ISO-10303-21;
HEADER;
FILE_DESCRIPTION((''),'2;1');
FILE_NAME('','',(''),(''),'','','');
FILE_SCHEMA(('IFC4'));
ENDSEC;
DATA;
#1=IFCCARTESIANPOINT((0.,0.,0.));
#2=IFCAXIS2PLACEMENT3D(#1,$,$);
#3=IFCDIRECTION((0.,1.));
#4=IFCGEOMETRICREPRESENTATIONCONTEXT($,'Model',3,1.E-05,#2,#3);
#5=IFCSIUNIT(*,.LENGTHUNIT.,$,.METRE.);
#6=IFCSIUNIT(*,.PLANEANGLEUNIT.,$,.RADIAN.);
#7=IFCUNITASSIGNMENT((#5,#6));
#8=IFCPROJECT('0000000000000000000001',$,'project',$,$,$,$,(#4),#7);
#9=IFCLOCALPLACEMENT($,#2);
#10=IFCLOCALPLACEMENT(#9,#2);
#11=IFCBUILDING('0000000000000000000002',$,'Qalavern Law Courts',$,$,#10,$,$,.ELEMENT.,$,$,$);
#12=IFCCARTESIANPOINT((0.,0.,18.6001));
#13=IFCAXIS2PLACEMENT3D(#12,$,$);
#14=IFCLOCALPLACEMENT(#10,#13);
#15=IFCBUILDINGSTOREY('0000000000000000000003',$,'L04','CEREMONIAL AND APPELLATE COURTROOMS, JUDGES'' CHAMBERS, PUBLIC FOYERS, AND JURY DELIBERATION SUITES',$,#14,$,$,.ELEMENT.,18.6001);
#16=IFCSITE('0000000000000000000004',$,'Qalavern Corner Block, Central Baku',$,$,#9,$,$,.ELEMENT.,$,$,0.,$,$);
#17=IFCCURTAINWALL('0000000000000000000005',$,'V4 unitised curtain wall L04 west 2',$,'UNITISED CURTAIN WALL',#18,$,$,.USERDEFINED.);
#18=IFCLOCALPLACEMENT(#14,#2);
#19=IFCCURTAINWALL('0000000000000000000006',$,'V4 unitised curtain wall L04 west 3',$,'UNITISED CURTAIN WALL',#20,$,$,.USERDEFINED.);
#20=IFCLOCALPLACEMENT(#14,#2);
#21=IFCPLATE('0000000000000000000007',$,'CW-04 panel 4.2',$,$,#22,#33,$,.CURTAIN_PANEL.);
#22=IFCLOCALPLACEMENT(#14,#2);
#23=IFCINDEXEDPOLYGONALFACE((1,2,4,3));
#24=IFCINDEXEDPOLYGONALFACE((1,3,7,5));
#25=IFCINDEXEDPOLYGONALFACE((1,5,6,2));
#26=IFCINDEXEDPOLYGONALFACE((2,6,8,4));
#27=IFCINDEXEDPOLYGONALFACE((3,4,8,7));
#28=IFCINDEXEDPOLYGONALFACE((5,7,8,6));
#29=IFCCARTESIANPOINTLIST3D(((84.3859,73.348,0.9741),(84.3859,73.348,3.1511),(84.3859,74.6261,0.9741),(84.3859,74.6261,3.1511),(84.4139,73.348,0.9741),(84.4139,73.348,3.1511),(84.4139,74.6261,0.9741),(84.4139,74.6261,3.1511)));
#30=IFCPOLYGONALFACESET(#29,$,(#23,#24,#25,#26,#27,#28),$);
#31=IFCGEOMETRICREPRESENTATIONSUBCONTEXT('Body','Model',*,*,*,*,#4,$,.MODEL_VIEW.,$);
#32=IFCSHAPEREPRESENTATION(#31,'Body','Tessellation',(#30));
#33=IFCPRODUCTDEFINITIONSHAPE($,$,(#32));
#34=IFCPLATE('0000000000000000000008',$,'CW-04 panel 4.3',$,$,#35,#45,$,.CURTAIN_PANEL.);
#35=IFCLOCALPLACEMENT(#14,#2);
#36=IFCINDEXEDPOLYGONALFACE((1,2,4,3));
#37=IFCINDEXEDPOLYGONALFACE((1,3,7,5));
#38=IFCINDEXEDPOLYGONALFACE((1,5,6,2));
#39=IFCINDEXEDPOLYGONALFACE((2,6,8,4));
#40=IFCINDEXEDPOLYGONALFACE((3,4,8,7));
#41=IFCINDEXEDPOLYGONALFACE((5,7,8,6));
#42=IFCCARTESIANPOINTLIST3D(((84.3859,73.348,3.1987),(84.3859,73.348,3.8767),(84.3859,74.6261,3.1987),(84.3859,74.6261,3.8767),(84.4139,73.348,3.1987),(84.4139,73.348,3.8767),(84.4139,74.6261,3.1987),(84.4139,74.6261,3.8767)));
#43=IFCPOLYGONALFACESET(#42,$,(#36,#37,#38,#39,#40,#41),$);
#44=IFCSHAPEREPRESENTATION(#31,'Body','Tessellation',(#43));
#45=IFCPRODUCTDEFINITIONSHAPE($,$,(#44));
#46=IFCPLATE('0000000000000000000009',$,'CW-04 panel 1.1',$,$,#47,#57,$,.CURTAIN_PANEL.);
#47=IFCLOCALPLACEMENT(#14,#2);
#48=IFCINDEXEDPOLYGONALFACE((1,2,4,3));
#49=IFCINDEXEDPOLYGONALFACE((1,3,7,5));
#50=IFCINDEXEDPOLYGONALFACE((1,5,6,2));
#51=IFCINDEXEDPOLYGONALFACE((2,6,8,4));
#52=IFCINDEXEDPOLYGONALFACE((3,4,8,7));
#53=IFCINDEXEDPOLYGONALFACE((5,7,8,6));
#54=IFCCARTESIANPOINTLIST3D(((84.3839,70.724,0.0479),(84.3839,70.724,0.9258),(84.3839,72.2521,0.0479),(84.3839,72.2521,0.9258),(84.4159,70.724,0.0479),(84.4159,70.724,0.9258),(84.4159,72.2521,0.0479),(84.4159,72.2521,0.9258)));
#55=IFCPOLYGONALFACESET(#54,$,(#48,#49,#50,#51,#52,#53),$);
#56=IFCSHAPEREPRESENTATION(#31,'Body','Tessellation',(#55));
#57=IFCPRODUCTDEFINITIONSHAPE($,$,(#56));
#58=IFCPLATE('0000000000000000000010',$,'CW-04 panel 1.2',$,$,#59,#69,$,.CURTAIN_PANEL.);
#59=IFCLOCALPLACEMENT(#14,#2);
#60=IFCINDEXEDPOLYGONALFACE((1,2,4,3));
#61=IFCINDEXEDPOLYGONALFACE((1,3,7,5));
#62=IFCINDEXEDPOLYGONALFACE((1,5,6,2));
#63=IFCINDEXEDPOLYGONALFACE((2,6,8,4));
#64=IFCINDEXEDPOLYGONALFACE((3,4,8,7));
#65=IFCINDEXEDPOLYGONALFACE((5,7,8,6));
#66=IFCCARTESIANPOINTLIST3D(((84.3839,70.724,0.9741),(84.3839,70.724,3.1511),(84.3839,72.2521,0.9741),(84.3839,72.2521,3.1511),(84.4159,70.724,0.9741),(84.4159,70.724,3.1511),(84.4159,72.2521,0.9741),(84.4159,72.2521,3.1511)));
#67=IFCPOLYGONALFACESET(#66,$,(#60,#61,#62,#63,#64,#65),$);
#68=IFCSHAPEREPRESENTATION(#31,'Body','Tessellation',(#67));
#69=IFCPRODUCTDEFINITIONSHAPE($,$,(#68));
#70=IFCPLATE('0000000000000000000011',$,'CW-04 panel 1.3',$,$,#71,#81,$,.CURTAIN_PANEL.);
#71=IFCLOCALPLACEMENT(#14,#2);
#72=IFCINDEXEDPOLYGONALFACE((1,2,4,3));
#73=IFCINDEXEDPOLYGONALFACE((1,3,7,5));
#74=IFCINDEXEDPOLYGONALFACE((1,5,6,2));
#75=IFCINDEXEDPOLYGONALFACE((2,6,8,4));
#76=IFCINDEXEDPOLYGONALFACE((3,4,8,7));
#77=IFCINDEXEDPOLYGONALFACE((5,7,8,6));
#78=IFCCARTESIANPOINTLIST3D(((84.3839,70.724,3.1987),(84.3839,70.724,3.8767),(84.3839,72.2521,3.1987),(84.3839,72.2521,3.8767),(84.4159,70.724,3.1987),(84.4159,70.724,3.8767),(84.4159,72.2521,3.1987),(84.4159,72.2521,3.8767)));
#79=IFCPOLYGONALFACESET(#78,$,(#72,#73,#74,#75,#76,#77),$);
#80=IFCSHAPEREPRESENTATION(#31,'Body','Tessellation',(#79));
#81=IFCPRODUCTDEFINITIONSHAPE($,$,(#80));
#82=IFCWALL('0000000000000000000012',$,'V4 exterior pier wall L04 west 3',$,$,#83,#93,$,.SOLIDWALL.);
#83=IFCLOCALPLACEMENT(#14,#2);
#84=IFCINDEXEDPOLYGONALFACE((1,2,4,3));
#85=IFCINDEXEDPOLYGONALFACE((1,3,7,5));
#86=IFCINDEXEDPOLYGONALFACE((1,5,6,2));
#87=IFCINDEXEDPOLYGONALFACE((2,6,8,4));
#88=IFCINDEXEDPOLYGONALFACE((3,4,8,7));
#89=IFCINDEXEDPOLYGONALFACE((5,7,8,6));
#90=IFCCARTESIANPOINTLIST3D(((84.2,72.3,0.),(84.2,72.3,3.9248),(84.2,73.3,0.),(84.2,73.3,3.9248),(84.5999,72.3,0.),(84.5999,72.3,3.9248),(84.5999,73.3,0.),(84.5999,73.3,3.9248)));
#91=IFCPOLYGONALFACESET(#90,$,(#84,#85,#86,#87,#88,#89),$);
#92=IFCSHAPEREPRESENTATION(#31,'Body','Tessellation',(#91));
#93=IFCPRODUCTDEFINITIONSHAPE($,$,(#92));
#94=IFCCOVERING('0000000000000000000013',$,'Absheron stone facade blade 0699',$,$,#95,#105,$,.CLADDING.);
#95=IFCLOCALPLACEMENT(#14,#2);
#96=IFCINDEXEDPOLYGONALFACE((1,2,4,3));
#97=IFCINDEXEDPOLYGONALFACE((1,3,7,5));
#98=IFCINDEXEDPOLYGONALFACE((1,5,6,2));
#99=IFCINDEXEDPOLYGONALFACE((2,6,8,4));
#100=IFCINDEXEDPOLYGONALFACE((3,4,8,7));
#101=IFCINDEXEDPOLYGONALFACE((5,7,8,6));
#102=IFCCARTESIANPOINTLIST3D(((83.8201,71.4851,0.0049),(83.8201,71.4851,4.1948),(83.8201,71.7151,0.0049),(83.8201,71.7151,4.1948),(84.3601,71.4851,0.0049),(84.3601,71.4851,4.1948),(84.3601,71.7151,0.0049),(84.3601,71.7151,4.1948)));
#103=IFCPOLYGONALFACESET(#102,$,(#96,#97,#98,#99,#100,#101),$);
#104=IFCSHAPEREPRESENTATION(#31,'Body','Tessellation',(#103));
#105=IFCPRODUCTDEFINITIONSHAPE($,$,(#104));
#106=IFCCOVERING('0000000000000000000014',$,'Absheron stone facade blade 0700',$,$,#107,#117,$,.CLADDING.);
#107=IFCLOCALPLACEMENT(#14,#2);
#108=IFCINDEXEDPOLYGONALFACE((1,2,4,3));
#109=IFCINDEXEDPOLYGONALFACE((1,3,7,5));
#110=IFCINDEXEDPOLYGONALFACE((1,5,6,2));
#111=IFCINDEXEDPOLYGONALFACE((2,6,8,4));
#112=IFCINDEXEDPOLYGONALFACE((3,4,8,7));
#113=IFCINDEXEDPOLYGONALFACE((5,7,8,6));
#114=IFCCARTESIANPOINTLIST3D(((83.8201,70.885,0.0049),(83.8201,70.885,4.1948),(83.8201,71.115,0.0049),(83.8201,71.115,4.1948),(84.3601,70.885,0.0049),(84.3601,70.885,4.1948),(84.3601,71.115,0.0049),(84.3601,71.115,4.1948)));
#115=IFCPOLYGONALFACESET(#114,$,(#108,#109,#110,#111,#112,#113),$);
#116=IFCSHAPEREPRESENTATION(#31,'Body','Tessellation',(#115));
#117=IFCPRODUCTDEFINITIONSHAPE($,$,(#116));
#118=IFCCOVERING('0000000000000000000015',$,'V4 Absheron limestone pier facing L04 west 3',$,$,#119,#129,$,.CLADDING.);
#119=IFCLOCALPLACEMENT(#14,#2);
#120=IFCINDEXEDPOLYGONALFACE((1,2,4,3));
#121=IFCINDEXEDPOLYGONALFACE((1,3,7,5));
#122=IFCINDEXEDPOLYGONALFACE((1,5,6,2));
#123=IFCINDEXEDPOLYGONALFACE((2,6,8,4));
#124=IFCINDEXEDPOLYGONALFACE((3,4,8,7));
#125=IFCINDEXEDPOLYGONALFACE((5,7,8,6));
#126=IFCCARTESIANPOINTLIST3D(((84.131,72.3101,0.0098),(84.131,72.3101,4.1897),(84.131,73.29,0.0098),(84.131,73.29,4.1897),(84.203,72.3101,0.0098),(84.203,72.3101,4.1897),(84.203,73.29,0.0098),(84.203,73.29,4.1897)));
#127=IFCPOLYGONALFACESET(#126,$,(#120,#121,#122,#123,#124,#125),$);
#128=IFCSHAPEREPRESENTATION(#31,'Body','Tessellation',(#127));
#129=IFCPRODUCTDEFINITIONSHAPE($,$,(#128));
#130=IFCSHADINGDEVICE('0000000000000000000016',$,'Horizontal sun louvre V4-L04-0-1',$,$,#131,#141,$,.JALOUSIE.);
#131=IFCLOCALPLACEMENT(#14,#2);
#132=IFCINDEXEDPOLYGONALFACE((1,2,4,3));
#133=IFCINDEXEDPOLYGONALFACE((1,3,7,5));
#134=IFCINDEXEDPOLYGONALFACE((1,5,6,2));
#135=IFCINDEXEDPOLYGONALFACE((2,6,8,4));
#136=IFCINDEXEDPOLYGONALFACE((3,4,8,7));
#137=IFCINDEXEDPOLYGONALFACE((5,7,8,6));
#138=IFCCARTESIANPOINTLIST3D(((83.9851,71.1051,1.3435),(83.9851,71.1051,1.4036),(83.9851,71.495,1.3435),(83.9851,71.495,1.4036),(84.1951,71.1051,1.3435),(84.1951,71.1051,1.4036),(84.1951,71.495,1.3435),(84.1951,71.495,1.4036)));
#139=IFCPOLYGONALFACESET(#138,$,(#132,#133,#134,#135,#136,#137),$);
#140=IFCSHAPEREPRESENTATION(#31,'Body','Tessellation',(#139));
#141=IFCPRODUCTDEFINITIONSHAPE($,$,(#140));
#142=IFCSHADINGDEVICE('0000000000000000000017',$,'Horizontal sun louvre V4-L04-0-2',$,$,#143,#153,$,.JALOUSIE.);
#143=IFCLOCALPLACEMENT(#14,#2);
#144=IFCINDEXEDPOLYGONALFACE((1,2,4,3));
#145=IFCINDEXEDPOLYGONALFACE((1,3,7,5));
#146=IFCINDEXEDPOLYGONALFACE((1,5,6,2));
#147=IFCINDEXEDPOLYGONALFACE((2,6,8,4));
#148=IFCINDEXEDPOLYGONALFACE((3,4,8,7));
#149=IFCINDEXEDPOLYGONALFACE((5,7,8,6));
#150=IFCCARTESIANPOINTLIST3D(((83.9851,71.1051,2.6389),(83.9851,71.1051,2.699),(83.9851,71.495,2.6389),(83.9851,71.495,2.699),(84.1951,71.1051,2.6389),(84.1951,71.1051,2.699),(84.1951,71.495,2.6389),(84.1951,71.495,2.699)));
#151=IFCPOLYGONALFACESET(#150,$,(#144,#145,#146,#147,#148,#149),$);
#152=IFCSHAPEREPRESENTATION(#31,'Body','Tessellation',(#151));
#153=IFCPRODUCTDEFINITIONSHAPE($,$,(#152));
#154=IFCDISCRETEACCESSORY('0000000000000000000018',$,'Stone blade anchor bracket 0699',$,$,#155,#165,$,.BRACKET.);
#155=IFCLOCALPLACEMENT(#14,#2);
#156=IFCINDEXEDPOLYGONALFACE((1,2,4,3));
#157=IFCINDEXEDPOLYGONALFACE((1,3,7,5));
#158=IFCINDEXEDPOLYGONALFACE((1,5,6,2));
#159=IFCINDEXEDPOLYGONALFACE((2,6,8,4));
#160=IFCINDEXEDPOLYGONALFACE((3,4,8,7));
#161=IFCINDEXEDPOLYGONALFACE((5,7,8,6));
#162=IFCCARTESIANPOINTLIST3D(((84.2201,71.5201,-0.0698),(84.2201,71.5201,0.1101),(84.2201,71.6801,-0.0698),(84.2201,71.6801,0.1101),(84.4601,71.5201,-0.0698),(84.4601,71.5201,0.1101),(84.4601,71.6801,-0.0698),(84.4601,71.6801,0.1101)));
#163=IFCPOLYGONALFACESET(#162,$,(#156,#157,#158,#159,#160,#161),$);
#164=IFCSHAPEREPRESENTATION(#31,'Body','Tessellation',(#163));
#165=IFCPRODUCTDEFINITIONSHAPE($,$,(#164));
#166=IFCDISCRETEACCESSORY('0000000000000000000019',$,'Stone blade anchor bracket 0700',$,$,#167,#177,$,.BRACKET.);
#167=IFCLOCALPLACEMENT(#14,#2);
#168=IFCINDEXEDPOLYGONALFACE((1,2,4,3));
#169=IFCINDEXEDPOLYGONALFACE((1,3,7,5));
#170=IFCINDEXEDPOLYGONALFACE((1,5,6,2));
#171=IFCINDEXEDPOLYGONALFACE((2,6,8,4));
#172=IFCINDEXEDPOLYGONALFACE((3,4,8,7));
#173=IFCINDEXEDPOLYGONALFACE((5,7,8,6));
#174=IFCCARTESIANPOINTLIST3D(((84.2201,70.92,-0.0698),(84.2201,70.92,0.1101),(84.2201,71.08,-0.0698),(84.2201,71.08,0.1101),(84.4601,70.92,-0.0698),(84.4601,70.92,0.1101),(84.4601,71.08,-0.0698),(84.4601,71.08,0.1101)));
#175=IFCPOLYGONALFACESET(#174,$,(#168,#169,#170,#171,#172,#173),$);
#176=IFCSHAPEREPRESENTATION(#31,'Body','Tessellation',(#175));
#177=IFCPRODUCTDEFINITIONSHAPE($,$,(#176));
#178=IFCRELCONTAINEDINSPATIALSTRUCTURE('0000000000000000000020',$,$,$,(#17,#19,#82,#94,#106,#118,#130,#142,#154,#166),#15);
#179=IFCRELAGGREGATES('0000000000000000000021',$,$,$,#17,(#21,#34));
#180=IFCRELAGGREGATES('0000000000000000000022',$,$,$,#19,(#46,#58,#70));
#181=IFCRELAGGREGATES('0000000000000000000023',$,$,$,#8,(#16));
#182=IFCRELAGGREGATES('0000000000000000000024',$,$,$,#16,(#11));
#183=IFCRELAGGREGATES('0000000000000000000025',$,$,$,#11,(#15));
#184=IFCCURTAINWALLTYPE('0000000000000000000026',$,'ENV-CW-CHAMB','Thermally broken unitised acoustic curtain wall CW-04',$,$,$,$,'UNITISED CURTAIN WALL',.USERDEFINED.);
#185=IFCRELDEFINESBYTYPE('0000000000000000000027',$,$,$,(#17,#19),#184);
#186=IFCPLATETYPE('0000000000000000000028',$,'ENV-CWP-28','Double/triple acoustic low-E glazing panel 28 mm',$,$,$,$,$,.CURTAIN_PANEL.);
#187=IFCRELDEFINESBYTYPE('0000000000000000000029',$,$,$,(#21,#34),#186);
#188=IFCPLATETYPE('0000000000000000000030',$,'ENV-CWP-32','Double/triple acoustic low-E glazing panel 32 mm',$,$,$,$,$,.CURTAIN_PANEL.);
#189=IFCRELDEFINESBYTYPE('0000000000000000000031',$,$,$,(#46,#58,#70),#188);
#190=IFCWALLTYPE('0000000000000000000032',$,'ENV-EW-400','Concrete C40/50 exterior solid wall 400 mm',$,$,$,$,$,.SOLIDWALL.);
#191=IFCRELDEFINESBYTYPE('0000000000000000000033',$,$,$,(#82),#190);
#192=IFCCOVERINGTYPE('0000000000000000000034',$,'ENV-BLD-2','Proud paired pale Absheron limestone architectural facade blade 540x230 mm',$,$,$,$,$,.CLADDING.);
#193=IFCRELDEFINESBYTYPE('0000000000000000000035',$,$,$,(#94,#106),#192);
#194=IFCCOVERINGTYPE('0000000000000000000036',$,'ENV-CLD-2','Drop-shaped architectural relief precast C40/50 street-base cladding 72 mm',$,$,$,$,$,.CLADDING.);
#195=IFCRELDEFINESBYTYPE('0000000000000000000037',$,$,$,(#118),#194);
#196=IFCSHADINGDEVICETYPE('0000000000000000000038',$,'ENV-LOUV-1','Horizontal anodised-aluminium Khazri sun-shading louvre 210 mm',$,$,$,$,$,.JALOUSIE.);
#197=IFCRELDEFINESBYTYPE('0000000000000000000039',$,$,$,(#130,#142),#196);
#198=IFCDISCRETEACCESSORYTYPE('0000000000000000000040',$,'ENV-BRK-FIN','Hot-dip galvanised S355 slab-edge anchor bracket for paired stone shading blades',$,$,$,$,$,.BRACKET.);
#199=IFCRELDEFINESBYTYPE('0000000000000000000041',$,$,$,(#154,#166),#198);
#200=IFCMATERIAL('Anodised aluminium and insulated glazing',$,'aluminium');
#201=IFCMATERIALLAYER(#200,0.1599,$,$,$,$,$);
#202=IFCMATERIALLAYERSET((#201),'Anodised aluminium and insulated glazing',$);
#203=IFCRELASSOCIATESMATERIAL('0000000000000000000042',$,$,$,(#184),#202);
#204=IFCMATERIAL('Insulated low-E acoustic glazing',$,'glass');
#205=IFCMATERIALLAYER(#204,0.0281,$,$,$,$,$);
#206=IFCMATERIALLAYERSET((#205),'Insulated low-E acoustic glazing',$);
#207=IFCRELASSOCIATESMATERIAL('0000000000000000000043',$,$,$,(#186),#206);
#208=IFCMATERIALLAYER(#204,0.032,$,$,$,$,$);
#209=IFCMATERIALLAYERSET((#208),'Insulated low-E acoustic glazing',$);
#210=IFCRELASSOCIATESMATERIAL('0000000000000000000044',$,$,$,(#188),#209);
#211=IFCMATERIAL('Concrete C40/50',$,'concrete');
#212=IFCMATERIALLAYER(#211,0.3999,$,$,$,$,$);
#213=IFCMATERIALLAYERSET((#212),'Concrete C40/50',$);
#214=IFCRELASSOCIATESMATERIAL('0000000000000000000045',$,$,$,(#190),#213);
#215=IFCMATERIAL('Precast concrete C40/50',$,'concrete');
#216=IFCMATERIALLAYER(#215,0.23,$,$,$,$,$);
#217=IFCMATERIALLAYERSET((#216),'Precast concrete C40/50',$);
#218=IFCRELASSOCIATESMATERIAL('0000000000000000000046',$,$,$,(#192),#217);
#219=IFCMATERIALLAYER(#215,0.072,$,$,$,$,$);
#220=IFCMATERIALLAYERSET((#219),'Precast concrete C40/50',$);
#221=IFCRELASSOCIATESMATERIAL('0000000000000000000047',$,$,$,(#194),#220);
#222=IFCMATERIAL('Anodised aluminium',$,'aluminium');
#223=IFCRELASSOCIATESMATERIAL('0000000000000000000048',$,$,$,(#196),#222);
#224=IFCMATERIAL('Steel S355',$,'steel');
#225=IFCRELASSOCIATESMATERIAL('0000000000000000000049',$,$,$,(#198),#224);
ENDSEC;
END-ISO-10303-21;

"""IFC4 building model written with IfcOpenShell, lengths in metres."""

from ifc_helpers import new_model, si_unit, direction, frame, frame_2d, origin, origin_2d, place, context, subcontext, project, spatial, rectangle, extrude, material, layer, layer_set, type_object, element, aggregate, save


model = new_model("IFC4")

# Units and contexts
model_context = context("Model", 3, precision=1e-05, world=origin(), true_north=direction((0.0, 1.0)))
body_context = subcontext(model_context, "Body", "Model", "MODEL_VIEW")
ifc_project = project(units=[si_unit("LENGTHUNIT", "METRE"), si_unit("PLANEANGLEUNIT", "RADIAN")], contexts=[model_context])

# Site, building, storey
site_placement = place(None, origin())
site = spatial("IfcSite", under=ifc_project, at=site_placement, Name="Qalavern Corner Block, Central Baku", CompositionType="ELEMENT", RefElevation=0.0)
building_placement = place(site_placement, origin())
building = spatial("IfcBuilding", under=site, at=building_placement, Name="Qalavern Law Courts", CompositionType="ELEMENT")
storey_placement = place(building_placement, frame((0.0, 0.0, 18.6001)))
storey = spatial("IfcBuildingStorey", under=building, at=storey_placement, Name="L04", Description="CEREMONIAL AND APPELLATE COURTROOMS, JUDGES' CHAMBERS, PUBLIC FOYERS, AND JURY DELIBERATION SUITES", CompositionType="ELEMENT", Elevation=18.6001)

# Curtain walls
ifc_material_1 = material(Name="Anodised aluminium and insulated glazing", Category="aluminium")
ifc_layer_1 = layer(ifc_material_1, 0.1599)
ifc_layer_set_1 = layer_set([ifc_layer_1], Name="Anodised aluminium and insulated glazing")
curtain_wall_type = type_object("IfcCurtainWallType", Name="ENV-CW-CHAMB", Description="Thermally broken unitised acoustic curtain wall CW-04", ElementType="UNITISED CURTAIN WALL", PredefinedType="USERDEFINED", material=ifc_layer_set_1)
curtain_wall_1_placement = place(storey_placement, origin())
curtain_wall_1 = element("IfcCurtainWall", 1, at=curtain_wall_1_placement, inside=storey, type_object=curtain_wall_type, Name="V4 unitised curtain wall L04 west 2", ObjectType="UNITISED CURTAIN WALL", PredefinedType="USERDEFINED")
ifc_material_2 = material(Name="Anodised aluminium", Category="aluminium")
curtain_wall_2_placement = place(storey_placement, origin())
curtain_wall_2 = element("IfcCurtainWall", 2, at=curtain_wall_2_placement, inside=storey, type_object=curtain_wall_type, Name="V4 unitised curtain wall L04 west 3", ObjectType="UNITISED CURTAIN WALL", PredefinedType="USERDEFINED")

# Plates
ifc_material_3 = material(Name="Insulated low-E acoustic glazing", Category="glass")
ifc_layer_2 = layer(ifc_material_3, 0.0281)
ifc_layer_set_2 = layer_set([ifc_layer_2], Name="Insulated low-E acoustic glazing")
plate_type_1 = type_object("IfcPlateType", Name="ENV-CWP-28", Description="Double/triple acoustic low-E glazing panel 28 mm", PredefinedType="CURTAIN_PANEL", material=ifc_layer_set_2)
plate_1_placement = place(storey_placement, frame((84.3999, 73.9871, 0.9741), z_axis=(0.0, 0.0, 1.0), x_axis=(0.0, -1.0, 0.0)))
plate_1 = element("IfcPlate", 3, at=plate_1_placement, type_object=plate_type_1, Name="CW-04 panel 4.2", PredefinedType="CURTAIN_PANEL", context=body_context, shape_type="SweptSolid", body=[
    extrude(rectangle(XDim=1.2781, YDim=0.0281, at=origin_2d()), origin(), (0.0, 0.0, 1.0), 2.177),
])
plate_2_placement = place(storey_placement, frame((84.3999, 73.9871, 3.1987), z_axis=(0.0, 0.0, 1.0), x_axis=(0.0, -1.0, 0.0)))
plate_2 = element("IfcPlate", 4, at=plate_2_placement, type_object=plate_type_1, Name="CW-04 panel 4.3", PredefinedType="CURTAIN_PANEL", context=body_context, shape_type="SweptSolid", body=[
    extrude(rectangle(XDim=1.2781, YDim=0.0281, at=origin_2d()), origin(), (0.0, 0.0, 1.0), 0.678),
])
aggregate(curtain_wall_1, [plate_1, plate_2])
ifc_layer_3 = layer(ifc_material_3, 0.032)
ifc_layer_set_3 = layer_set([ifc_layer_3], Name="Insulated low-E acoustic glazing")
plate_type_2 = type_object("IfcPlateType", Name="ENV-CWP-32", Description="Double/triple acoustic low-E glazing panel 32 mm", PredefinedType="CURTAIN_PANEL", material=ifc_layer_set_3)
plate_3_placement = place(storey_placement, frame((84.3999, 71.488, 0.0479), z_axis=(0.0, 0.0, 1.0), x_axis=(0.0, -1.0, 0.0)))
plate_3 = element("IfcPlate", 5, at=plate_3_placement, type_object=plate_type_2, Name="CW-04 panel 1.1", PredefinedType="CURTAIN_PANEL", context=body_context, shape_type="SweptSolid", body=[
    extrude(rectangle(XDim=1.5281, YDim=0.032, at=origin_2d()), origin(), (0.0, 0.0, 1.0), 0.8779),
])
plate_4_placement = place(storey_placement, frame((84.3999, 71.488, 0.9741), z_axis=(0.0, 0.0, 1.0), x_axis=(0.0, -1.0, 0.0)))
plate_4 = element("IfcPlate", 6, at=plate_4_placement, type_object=plate_type_2, Name="CW-04 panel 1.2", PredefinedType="CURTAIN_PANEL", context=body_context, shape_type="SweptSolid", body=[
    extrude(rectangle(XDim=1.5281, YDim=0.032, at=origin_2d()), origin(), (0.0, 0.0, 1.0), 2.177),
])
plate_5_placement = place(storey_placement, frame((84.3999, 71.488, 3.1987), z_axis=(0.0, 0.0, 1.0), x_axis=(0.0, -1.0, 0.0)))
plate_5 = element("IfcPlate", 7, at=plate_5_placement, type_object=plate_type_2, Name="CW-04 panel 1.3", PredefinedType="CURTAIN_PANEL", context=body_context, shape_type="SweptSolid", body=[
    extrude(rectangle(XDim=1.5281, YDim=0.032, at=origin_2d()), origin(), (0.0, 0.0, 1.0), 0.678),
])
aggregate(curtain_wall_2, [plate_3, plate_4, plate_5])

# Wall
ifc_material_4 = material(Name="Concrete C40/50", Category="concrete")
ifc_layer_4 = layer(ifc_material_4, 0.3999)
ifc_layer_set_4 = layer_set([ifc_layer_4], Name="Concrete C40/50")
wall_type = type_object("IfcWallType", Name="ENV-EW-400", Description="Concrete C40/50 exterior solid wall 400 mm", PredefinedType="SOLIDWALL", material=ifc_layer_set_4)
wall_placement = place(storey_placement, frame((84.3999, 73.3, 0.0), z_axis=(0.0, 0.0, 1.0), x_axis=(0.0, -1.0, 0.0)))
element("IfcWall", 8, at=wall_placement, inside=storey, type_object=wall_type, Name="V4 exterior pier wall L04 west 3", PredefinedType="SOLIDWALL", context=body_context, shape_type="SweptSolid", body=[
    extrude(rectangle(XDim=1.0, YDim=0.3999, at=frame_2d((0.5, 0.0))), origin(), (0.0, 0.0, 1.0), 3.9248),
])

# Coverings
ifc_material_5 = material(Name="Precast concrete C40/50", Category="concrete")
ifc_layer_5 = layer(ifc_material_5, 0.23)
ifc_layer_set_5 = layer_set([ifc_layer_5], Name="Precast concrete C40/50")
covering_type_1 = type_object("IfcCoveringType", Name="ENV-BLD-2", Description="Proud paired pale Absheron limestone architectural facade blade 540x230 mm", PredefinedType="CLADDING", material=ifc_layer_set_5)
for number, where, z_axis, x_axis, name in (
    (9, (84.0901, 71.6001, 0.0049), (0.0, 0.0, 1.0), (-1.0, 0.0, 0.0), "Absheron stone facade blade 0699"),
    (10, (84.0901, 71.0, 0.0049), (0.0, 0.0, 1.0), (-1.0, 0.0, 0.0), "Absheron stone facade blade 0700"),
):
    element("IfcCovering", number, at=place(storey_placement, frame(where, z_axis=z_axis, x_axis=x_axis)), inside=storey, type_object=covering_type_1, Name=name, PredefinedType="CLADDING", context=body_context, shape_type="SweptSolid", body=[
        extrude(rectangle(XDim=0.54, YDim=0.23, at=origin_2d()), origin(), (0.0, 0.0, 1.0), 4.1899),
    ])
ifc_layer_6 = layer(ifc_material_5, 0.072)
ifc_layer_set_6 = layer_set([ifc_layer_6], Name="Precast concrete C40/50")
covering_type_2 = type_object("IfcCoveringType", Name="ENV-CLD-2", Description="Drop-shaped architectural relief precast C40/50 street-base cladding 72 mm", PredefinedType="CLADDING", material=ifc_layer_set_6)
covering_placement = place(storey_placement, frame((84.167, 72.8, 0.0098), z_axis=(0.0, 0.0, 1.0), x_axis=(0.0, -1.0, 0.0)))
element("IfcCovering", 11, at=covering_placement, inside=storey, type_object=covering_type_2, Name="V4 Absheron limestone pier facing L04 west 3", PredefinedType="CLADDING", context=body_context, shape_type="SweptSolid", body=[
    extrude(rectangle(XDim=0.98, YDim=0.072, at=origin_2d()), origin(), (0.0, 0.0, 1.0), 4.1799),
])

# Shading devices
shading_device_type = type_object("IfcShadingDeviceType", Name="ENV-LOUV-1", Description="Horizontal anodised-aluminium Khazri sun-shading louvre 210 mm", PredefinedType="JALOUSIE", material=ifc_material_2)
for number, where, z_axis, x_axis, name in (
    (12, (84.0901, 71.3, 1.3435), (0.0, 0.0, 1.0), (0.0, -1.0, 0.0), "Horizontal sun louvre V4-L04-0-1"),
    (13, (84.0901, 71.3, 2.6389), (0.0, 0.0, 1.0), (0.0, -1.0, 0.0), "Horizontal sun louvre V4-L04-0-2"),
):
    element("IfcShadingDevice", number, at=place(storey_placement, frame(where, z_axis=z_axis, x_axis=x_axis)), inside=storey, type_object=shading_device_type, Name=name, PredefinedType="JALOUSIE", context=body_context, shape_type="SweptSolid", body=[
        extrude(rectangle(XDim=0.3899, YDim=0.21, at=origin_2d()), origin(), (0.0, 0.0, 1.0), 0.0601),
    ])

# Discrete accessories
ifc_material_6 = material(Name="Steel S355", Category="steel")
discrete_accessory_type = type_object("IfcDiscreteAccessoryType", Name="ENV-BRK-FIN", Description="Hot-dip galvanised S355 slab-edge anchor bracket for paired stone shading blades", PredefinedType="BRACKET", material=ifc_material_6)
for number, where, z_axis, x_axis, name in (
    (14, (84.3401, 71.6001, -0.0698), (0.0, 0.0, 1.0), (-1.0, 0.0, 0.0), "Stone blade anchor bracket 0699"),
    (15, (84.3401, 71.0, -0.0698), (0.0, 0.0, 1.0), (-1.0, 0.0, 0.0), "Stone blade anchor bracket 0700"),
):
    element("IfcDiscreteAccessory", number, at=place(storey_placement, frame(where, z_axis=z_axis, x_axis=x_axis)), inside=storey, type_object=discrete_accessory_type, Name=name, PredefinedType="BRACKET", context=body_context, shape_type="SweptSolid", body=[
        extrude(rectangle(XDim=0.24, YDim=0.1599, at=origin_2d()), origin(), (0.0, 0.0, 1.0), 0.1799),
    ])

save(model, "model.ifc")
